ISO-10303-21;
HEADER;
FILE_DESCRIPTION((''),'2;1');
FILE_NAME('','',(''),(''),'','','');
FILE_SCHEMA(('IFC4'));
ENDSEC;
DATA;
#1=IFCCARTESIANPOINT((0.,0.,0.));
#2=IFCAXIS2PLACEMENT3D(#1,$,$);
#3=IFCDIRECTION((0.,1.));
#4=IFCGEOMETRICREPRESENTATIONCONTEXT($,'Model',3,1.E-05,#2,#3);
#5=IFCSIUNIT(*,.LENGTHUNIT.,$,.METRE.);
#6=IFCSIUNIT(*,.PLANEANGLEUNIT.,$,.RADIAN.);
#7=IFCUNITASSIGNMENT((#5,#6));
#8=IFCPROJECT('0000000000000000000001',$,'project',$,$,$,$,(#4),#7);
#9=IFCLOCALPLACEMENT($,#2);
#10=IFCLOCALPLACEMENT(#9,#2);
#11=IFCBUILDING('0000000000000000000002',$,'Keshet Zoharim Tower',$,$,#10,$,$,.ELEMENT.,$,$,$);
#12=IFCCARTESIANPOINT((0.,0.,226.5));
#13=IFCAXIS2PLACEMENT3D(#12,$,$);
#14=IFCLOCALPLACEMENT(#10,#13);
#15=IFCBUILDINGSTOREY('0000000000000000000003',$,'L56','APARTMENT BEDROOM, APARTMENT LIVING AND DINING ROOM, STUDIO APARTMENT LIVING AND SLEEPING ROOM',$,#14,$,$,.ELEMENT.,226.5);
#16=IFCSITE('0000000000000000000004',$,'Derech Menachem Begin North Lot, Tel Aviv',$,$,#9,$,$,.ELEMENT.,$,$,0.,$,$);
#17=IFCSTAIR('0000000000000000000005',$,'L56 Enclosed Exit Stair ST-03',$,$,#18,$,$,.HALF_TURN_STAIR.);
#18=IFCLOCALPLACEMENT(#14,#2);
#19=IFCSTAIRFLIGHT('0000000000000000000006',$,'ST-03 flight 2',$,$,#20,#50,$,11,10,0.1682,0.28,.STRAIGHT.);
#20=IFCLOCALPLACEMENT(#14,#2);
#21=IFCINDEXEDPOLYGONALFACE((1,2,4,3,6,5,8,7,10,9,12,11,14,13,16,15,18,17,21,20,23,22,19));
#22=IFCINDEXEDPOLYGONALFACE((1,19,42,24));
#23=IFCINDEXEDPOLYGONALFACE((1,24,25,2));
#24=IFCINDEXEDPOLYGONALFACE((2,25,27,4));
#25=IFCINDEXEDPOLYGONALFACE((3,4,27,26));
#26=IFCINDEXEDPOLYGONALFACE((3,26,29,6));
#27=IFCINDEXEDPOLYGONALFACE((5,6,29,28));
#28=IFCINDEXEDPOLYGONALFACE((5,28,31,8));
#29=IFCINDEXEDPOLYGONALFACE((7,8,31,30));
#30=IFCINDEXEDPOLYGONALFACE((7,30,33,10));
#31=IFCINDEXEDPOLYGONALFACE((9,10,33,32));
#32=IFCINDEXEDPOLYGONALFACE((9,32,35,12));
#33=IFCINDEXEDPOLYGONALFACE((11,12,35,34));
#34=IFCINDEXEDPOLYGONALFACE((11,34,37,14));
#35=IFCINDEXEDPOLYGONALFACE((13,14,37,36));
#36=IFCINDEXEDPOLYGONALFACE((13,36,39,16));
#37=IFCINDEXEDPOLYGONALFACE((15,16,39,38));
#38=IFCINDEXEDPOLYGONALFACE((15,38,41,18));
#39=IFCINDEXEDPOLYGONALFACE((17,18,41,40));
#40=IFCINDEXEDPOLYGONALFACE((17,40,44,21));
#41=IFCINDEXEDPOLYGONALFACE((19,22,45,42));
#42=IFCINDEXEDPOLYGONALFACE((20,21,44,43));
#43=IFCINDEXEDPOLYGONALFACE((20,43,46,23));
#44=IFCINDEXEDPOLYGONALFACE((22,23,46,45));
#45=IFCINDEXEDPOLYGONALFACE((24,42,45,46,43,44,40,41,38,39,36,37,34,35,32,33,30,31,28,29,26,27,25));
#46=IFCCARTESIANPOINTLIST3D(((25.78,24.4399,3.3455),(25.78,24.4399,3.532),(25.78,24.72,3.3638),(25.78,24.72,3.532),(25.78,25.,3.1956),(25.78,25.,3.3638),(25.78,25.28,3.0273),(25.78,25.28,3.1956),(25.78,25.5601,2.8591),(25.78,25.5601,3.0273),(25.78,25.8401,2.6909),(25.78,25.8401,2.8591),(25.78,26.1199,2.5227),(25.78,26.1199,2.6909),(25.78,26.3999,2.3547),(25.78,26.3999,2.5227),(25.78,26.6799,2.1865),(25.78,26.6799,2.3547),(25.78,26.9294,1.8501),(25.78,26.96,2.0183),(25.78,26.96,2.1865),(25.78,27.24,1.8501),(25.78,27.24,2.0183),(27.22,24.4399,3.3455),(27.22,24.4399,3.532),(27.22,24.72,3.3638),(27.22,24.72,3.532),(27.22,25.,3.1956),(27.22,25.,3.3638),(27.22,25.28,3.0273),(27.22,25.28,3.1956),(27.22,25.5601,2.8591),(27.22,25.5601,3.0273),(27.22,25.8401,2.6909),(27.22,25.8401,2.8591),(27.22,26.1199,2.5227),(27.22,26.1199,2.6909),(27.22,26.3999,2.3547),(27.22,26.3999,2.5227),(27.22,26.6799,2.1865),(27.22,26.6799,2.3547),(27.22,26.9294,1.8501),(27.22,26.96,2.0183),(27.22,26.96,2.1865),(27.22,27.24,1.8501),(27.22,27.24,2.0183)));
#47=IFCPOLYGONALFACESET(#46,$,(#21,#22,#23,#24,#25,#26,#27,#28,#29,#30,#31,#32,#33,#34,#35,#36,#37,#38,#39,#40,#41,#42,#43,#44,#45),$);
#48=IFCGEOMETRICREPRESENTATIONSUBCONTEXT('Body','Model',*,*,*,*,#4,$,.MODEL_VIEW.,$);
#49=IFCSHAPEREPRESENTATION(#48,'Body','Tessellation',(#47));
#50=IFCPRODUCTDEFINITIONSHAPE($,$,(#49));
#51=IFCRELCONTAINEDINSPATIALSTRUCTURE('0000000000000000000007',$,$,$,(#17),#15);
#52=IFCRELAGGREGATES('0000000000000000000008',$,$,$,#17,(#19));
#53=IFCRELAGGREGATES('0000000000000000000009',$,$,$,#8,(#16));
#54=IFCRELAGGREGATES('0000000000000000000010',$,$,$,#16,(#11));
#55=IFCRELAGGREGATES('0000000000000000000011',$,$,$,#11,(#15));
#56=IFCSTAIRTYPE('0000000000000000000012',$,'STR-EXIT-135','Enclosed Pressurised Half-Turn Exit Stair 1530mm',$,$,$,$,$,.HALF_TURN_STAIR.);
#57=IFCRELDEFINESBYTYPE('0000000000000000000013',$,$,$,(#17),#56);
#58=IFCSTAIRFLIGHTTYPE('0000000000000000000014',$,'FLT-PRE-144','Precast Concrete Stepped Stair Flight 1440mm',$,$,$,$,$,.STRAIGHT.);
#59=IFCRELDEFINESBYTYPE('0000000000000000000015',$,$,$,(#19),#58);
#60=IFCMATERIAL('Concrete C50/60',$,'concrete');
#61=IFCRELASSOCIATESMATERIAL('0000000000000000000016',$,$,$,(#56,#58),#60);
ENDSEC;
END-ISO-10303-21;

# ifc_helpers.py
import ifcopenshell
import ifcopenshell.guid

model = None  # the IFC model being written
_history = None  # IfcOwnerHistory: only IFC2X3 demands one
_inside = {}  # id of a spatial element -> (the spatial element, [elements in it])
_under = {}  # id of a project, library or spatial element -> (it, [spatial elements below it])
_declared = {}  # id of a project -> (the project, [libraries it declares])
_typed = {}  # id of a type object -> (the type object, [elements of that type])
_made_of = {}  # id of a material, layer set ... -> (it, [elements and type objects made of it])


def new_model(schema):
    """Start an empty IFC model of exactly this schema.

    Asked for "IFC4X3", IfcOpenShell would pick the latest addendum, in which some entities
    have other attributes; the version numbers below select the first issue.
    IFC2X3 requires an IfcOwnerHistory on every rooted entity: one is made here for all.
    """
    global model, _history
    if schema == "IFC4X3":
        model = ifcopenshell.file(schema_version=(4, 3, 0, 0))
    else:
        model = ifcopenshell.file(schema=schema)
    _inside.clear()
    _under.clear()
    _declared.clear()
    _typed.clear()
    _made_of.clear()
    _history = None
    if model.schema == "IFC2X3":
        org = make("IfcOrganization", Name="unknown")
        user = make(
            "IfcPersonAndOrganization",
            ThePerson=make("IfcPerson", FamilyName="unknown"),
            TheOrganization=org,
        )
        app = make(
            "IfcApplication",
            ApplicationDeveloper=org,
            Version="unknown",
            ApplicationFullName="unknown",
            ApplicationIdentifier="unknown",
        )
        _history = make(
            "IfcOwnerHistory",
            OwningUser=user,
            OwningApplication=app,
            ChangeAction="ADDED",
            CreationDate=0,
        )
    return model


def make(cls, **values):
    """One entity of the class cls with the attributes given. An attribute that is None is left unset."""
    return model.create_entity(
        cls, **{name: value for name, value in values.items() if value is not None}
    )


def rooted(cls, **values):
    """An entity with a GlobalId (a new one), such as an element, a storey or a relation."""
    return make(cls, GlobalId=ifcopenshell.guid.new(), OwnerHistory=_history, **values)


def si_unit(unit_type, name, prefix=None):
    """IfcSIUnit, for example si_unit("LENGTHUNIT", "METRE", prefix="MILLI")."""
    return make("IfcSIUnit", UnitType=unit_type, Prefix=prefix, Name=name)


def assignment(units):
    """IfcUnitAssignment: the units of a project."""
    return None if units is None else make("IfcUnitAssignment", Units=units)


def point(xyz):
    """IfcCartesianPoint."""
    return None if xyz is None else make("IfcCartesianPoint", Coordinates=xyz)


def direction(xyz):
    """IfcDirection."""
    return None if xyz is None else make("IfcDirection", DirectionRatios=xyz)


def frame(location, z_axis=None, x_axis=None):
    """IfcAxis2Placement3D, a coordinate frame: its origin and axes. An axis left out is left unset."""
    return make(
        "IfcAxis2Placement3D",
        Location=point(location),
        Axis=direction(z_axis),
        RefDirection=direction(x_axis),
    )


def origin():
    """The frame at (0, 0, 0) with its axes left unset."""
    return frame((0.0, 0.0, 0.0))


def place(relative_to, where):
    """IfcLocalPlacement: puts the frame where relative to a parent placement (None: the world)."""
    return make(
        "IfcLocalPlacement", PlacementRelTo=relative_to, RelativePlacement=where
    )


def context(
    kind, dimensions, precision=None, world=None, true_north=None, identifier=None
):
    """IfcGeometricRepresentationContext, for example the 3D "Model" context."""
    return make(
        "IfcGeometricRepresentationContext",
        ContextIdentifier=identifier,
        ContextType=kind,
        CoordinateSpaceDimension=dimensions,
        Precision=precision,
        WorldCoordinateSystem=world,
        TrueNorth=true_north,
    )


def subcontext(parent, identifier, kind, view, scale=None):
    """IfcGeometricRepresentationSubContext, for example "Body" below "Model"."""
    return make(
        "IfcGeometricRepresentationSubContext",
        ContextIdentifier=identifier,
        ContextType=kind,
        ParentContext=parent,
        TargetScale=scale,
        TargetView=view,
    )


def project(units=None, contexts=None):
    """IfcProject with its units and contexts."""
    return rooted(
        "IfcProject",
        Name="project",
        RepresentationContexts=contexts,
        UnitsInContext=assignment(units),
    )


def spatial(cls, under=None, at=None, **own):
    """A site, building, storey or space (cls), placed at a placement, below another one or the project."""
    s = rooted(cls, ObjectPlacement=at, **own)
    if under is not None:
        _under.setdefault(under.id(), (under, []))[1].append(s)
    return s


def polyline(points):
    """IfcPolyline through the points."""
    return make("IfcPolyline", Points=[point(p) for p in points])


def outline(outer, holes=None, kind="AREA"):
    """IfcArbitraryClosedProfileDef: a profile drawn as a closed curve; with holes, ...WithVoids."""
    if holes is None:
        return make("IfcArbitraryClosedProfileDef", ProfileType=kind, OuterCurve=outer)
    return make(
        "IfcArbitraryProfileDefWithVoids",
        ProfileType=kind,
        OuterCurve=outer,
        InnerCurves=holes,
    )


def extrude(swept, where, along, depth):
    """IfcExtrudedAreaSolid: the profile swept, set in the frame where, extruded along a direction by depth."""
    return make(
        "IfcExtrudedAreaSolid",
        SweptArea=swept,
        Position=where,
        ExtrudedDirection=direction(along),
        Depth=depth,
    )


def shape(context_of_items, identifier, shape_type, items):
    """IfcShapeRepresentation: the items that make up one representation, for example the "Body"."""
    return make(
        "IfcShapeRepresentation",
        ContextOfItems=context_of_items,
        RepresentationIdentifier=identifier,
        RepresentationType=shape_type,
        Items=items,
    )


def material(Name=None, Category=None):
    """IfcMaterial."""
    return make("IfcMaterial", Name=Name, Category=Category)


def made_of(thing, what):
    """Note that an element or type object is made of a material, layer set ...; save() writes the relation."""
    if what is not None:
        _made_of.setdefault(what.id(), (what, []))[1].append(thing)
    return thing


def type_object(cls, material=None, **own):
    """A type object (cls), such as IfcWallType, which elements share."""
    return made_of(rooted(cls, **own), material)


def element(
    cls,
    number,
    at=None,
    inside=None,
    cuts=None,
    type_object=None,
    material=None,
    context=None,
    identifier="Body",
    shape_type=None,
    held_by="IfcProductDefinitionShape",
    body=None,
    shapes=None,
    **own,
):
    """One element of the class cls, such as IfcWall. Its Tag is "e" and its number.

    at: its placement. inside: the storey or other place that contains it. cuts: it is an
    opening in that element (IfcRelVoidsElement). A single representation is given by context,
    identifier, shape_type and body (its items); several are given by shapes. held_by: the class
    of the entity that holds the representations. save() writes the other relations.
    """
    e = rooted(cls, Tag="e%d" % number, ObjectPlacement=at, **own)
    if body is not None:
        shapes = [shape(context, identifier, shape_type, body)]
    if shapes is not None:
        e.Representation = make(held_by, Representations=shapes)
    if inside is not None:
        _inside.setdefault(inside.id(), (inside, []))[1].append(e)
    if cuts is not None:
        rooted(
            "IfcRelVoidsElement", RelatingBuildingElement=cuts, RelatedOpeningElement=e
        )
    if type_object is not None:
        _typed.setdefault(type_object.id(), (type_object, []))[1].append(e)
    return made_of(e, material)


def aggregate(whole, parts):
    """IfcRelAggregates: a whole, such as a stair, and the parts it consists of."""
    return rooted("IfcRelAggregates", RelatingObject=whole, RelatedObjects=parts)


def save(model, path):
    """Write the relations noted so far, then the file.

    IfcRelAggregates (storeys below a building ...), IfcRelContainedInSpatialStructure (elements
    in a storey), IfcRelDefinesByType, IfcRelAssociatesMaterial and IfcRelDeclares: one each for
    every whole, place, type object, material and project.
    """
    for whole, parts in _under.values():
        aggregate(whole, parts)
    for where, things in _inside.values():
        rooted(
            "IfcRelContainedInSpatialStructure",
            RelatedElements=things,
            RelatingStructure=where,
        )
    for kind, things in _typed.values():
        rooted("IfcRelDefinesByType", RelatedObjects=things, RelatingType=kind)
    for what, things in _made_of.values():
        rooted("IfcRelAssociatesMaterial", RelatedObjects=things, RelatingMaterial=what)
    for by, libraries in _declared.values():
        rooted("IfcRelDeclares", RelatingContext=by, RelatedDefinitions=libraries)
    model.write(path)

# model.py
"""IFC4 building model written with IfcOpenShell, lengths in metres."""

from ifc_helpers import new_model, si_unit, direction, frame, origin, place, context, subcontext, project, spatial, polyline, outline, extrude, material, type_object, element, aggregate, save


model = new_model("IFC4")

# Units and contexts
model_context = context("Model", 3, precision=1e-05, world=origin(), true_north=direction((0.0, 1.0)))
body_context = subcontext(model_context, "Body", "Model", "MODEL_VIEW")
ifc_project = project(units=[si_unit("LENGTHUNIT", "METRE"), si_unit("PLANEANGLEUNIT", "RADIAN")], contexts=[model_context])

# Site, building, storey
site_placement = place(None, origin())
site = spatial("IfcSite", under=ifc_project, at=site_placement, Name="Derech Menachem Begin North Lot, Tel Aviv", CompositionType="ELEMENT", RefElevation=0.0)
building_placement = place(site_placement, origin())
building = spatial("IfcBuilding", under=site, at=building_placement, Name="Keshet Zoharim Tower", CompositionType="ELEMENT")
storey_placement = place(building_placement, frame((0.0, 0.0, 226.5)))
storey = spatial("IfcBuildingStorey", under=building, at=storey_placement, Name="L56", Description="APARTMENT BEDROOM, APARTMENT LIVING AND DINING ROOM, STUDIO APARTMENT LIVING AND SLEEPING ROOM", CompositionType="ELEMENT", Elevation=226.5)

# Shared definitions
ifc_material_1 = material(Name="Concrete C50/60", Category="concrete")

# Stair, stair flight
stair_type = type_object("IfcStairType", Name="STR-EXIT-135", Description="Enclosed Pressurised Half-Turn Exit Stair 1530mm", PredefinedType="HALF_TURN_STAIR", material=ifc_material_1)
stair_placement = place(storey_placement, origin())
stair = element("IfcStair", 1, at=stair_placement, inside=storey, type_object=stair_type, Name="L56 Enclosed Exit Stair ST-03", PredefinedType="HALF_TURN_STAIR")
stair_flight_type = type_object("IfcStairFlightType", Name="FLT-PRE-144", Description="Precast Concrete Stepped Stair Flight 1440mm", PredefinedType="STRAIGHT", material=ifc_material_1)
stair_flight_placement = place(storey_placement, frame((26.5, 27.24, 1.8501), z_axis=(0.0, 0.0, 1.0), x_axis=(0.0, -1.0, 0.0)))
stair_flight = element("IfcStairFlight", 2, at=stair_flight_placement, type_object=stair_flight_type, Name="ST-03 flight 2", NumberOfRisers=11, NumberOfTreads=10, PredefinedType="STRAIGHT", RiserHeight=0.1682, TreadLength=0.28, context=body_context, shape_type="SweptSolid", body=[
    extrude(outline(polyline([(0.0, 0.0), (0.0, 0.1682), (0.28, 0.1682), (0.28, 0.3364), (0.5601, 0.3364), (0.5601, 0.5046), (0.8401, 0.5046), (0.8401, 0.6726), (1.1201, 0.6726), (1.1201, 0.8408), (1.3999, 0.8408), (1.3999, 1.009), (1.6799, 1.009), (1.6799, 1.1772), (1.96, 1.1772), (1.96, 1.3455), (2.24, 1.3455), (2.24, 1.5137), (2.52, 1.5137), (2.52, 1.6819), (2.8, 1.6819), (2.8, 1.8501), (2.8, 1.4954), (0.3105, 0.0), (0.0, 0.0)])), frame((0.0, 0.72, 0.0), z_axis=(0.0, -1.0, 0.0), x_axis=(1.0, 0.0, 0.0)), (0.0, 0.0, 1.0), 1.4399),
])
aggregate(stair, [stair_flight])

save(model, "model.ifc")
